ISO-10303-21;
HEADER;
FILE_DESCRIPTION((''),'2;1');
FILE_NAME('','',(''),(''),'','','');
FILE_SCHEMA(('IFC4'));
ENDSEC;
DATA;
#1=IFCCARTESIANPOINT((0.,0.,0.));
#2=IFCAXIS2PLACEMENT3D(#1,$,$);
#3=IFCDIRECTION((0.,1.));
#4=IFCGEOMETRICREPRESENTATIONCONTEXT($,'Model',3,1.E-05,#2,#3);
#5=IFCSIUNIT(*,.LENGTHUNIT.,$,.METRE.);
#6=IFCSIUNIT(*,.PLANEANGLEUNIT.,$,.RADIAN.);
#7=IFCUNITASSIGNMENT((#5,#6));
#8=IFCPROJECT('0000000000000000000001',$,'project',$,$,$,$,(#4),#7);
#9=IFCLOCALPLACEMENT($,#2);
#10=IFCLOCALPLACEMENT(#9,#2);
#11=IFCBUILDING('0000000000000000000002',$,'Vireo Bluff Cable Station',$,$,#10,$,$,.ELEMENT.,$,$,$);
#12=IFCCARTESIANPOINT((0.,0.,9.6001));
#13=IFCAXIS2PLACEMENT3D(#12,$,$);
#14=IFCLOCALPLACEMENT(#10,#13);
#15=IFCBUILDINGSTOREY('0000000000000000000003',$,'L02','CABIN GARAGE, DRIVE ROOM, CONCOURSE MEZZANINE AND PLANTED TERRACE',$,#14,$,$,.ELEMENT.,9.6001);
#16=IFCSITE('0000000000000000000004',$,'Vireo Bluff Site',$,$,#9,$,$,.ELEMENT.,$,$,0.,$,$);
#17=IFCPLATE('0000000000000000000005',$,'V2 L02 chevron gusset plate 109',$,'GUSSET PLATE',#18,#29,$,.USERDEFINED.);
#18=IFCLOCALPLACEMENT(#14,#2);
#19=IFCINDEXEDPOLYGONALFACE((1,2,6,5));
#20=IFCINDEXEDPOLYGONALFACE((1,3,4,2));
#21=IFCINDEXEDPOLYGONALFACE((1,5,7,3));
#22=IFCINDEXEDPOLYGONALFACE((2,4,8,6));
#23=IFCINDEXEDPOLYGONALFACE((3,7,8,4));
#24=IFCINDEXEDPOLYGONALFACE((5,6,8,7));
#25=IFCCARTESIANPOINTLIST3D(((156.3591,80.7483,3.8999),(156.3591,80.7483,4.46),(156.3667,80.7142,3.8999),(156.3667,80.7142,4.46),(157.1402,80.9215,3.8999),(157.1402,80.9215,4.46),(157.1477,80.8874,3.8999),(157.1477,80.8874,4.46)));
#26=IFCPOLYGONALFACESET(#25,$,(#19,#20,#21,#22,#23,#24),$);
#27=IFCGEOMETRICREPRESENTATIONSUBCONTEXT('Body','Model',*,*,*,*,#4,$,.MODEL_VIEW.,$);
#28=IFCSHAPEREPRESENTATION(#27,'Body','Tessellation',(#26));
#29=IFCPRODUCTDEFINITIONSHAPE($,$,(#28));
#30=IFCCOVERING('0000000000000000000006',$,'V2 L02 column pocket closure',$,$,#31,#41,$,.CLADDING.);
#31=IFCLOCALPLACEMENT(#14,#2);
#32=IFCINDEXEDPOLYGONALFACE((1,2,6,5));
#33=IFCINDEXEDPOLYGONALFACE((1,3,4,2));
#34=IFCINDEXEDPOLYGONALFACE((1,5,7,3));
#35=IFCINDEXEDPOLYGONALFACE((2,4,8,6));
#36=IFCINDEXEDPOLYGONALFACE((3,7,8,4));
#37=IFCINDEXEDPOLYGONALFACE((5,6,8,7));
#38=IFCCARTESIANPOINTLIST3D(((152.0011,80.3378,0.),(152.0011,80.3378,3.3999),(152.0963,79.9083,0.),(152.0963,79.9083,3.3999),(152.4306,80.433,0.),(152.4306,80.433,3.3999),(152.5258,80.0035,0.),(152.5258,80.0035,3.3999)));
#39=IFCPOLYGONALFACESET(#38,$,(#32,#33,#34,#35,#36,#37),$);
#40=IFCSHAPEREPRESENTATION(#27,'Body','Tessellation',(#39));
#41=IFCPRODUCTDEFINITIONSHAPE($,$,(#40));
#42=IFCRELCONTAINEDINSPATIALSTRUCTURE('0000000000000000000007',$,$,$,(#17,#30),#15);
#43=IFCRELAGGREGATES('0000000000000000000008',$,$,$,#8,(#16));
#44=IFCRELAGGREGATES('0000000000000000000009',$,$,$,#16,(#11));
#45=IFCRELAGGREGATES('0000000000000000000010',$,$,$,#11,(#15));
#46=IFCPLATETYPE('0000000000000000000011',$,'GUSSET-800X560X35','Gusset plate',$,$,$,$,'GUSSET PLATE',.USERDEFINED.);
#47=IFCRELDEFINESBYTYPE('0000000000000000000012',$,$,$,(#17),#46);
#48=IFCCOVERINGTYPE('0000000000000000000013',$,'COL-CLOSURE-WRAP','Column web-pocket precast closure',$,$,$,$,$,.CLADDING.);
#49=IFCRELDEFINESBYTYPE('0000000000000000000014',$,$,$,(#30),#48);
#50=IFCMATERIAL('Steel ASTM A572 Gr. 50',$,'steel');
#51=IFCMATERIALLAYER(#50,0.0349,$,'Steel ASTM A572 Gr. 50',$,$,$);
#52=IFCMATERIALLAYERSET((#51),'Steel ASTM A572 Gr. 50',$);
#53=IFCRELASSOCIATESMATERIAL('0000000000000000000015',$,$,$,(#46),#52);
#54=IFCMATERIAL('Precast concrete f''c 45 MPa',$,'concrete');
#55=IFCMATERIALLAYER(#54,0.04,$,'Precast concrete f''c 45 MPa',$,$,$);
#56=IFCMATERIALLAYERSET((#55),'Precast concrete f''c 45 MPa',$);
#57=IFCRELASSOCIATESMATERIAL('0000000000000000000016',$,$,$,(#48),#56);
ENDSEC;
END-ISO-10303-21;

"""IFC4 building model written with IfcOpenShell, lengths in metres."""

from ifc_helpers import new_model, si_unit, direction, frame, origin, origin_2d, place, context, subcontext, project, spatial, rectangle, extrude, material, layer, layer_set, type_object, element, save


model = new_model("IFC4")

# Units and contexts
model_context = context("Model", 3, precision=1e-05, world=origin(), true_north=direction((0.0, 1.0)))
body_context = subcontext(model_context, "Body", "Model", "MODEL_VIEW")
ifc_project = project(units=[si_unit("LENGTHUNIT", "METRE"), si_unit("PLANEANGLEUNIT", "RADIAN")], contexts=[model_context])

# Site, building, storey
site_placement = place(None, origin())
site = spatial("IfcSite", under=ifc_project, at=site_placement, Name="Vireo Bluff Site", CompositionType="ELEMENT", RefElevation=0.0)
building_placement = place(site_placement, origin())
building = spatial("IfcBuilding", under=site, at=building_placement, Name="Vireo Bluff Cable Station", CompositionType="ELEMENT")
storey_placement = place(building_placement, frame((0.0, 0.0, 9.6001)))
storey = spatial("IfcBuildingStorey", under=building, at=storey_placement, Name="L02", Description="CABIN GARAGE, DRIVE ROOM, CONCOURSE MEZZANINE AND PLANTED TERRACE", CompositionType="ELEMENT", Elevation=9.6001)

# Plate
ifc_material_1 = material(Name="Steel ASTM A572 Gr. 50", Category="steel")
ifc_layer_1 = layer(ifc_material_1, 0.0349, Name="Steel ASTM A572 Gr. 50")
ifc_layer_set_1 = layer_set([ifc_layer_1], Name="Steel ASTM A572 Gr. 50")
plate_type_1 = type_object("IfcPlateType", Name="GUSSET-800X560X35", Description="Gusset plate", ElementType="GUSSET PLATE", PredefinedType="USERDEFINED", material=ifc_layer_set_1)
plate_1_placement = place(storey_placement, frame((156.7534, 80.8179, 3.8999), z_axis=(0.0, 0.0, 1.0), x_axis=(0.976296, 0.21644, 0.0)))
element("IfcPlate", 1, at=plate_1_placement, inside=storey, type_object=plate_type_1, Name="V2 L02 chevron gusset plate 109", ObjectType="GUSSET PLATE", PredefinedType="USERDEFINED", context=body_context, shape_type="SweptSolid", body=[
    extrude(rectangle(XDim=0.8, YDim=0.0349, at=origin_2d()), origin(), (0.0, 0.0, 1.0), 0.5601),
])

# Covering
ifc_material_2 = material(Name="Precast concrete f'c 45 MPa", Category="concrete")
ifc_layer_2 = layer(ifc_material_2, 0.04, Name="Precast concrete f'c 45 MPa")
ifc_layer_set_2 = layer_set([ifc_layer_2], Name="Precast concrete f'c 45 MPa")
covering_type = type_object("IfcCoveringType", Name="COL-CLOSURE-WRAP", Description="Column web-pocket precast closure", PredefinedType="CLADDING", material=ifc_layer_set_2)
covering_placement = place(storey_placement, frame((152.2634, 80.1707, 0.0), z_axis=(0.0, 0.0, 1.0), x_axis=(0.976296, 0.21644, 0.0)))
element("IfcCovering", 2, at=covering_placement, inside=storey, type_object=covering_type, Name="V2 L02 column pocket closure", PredefinedType="CLADDING", context=body_context, shape_type="SweptSolid", body=[
    extrude(rectangle(XDim=0.4399, YDim=0.4399, at=origin_2d()), origin(), (0.0, 0.0, 1.0), 3.3999),
])

save(model, "model.ifc")
